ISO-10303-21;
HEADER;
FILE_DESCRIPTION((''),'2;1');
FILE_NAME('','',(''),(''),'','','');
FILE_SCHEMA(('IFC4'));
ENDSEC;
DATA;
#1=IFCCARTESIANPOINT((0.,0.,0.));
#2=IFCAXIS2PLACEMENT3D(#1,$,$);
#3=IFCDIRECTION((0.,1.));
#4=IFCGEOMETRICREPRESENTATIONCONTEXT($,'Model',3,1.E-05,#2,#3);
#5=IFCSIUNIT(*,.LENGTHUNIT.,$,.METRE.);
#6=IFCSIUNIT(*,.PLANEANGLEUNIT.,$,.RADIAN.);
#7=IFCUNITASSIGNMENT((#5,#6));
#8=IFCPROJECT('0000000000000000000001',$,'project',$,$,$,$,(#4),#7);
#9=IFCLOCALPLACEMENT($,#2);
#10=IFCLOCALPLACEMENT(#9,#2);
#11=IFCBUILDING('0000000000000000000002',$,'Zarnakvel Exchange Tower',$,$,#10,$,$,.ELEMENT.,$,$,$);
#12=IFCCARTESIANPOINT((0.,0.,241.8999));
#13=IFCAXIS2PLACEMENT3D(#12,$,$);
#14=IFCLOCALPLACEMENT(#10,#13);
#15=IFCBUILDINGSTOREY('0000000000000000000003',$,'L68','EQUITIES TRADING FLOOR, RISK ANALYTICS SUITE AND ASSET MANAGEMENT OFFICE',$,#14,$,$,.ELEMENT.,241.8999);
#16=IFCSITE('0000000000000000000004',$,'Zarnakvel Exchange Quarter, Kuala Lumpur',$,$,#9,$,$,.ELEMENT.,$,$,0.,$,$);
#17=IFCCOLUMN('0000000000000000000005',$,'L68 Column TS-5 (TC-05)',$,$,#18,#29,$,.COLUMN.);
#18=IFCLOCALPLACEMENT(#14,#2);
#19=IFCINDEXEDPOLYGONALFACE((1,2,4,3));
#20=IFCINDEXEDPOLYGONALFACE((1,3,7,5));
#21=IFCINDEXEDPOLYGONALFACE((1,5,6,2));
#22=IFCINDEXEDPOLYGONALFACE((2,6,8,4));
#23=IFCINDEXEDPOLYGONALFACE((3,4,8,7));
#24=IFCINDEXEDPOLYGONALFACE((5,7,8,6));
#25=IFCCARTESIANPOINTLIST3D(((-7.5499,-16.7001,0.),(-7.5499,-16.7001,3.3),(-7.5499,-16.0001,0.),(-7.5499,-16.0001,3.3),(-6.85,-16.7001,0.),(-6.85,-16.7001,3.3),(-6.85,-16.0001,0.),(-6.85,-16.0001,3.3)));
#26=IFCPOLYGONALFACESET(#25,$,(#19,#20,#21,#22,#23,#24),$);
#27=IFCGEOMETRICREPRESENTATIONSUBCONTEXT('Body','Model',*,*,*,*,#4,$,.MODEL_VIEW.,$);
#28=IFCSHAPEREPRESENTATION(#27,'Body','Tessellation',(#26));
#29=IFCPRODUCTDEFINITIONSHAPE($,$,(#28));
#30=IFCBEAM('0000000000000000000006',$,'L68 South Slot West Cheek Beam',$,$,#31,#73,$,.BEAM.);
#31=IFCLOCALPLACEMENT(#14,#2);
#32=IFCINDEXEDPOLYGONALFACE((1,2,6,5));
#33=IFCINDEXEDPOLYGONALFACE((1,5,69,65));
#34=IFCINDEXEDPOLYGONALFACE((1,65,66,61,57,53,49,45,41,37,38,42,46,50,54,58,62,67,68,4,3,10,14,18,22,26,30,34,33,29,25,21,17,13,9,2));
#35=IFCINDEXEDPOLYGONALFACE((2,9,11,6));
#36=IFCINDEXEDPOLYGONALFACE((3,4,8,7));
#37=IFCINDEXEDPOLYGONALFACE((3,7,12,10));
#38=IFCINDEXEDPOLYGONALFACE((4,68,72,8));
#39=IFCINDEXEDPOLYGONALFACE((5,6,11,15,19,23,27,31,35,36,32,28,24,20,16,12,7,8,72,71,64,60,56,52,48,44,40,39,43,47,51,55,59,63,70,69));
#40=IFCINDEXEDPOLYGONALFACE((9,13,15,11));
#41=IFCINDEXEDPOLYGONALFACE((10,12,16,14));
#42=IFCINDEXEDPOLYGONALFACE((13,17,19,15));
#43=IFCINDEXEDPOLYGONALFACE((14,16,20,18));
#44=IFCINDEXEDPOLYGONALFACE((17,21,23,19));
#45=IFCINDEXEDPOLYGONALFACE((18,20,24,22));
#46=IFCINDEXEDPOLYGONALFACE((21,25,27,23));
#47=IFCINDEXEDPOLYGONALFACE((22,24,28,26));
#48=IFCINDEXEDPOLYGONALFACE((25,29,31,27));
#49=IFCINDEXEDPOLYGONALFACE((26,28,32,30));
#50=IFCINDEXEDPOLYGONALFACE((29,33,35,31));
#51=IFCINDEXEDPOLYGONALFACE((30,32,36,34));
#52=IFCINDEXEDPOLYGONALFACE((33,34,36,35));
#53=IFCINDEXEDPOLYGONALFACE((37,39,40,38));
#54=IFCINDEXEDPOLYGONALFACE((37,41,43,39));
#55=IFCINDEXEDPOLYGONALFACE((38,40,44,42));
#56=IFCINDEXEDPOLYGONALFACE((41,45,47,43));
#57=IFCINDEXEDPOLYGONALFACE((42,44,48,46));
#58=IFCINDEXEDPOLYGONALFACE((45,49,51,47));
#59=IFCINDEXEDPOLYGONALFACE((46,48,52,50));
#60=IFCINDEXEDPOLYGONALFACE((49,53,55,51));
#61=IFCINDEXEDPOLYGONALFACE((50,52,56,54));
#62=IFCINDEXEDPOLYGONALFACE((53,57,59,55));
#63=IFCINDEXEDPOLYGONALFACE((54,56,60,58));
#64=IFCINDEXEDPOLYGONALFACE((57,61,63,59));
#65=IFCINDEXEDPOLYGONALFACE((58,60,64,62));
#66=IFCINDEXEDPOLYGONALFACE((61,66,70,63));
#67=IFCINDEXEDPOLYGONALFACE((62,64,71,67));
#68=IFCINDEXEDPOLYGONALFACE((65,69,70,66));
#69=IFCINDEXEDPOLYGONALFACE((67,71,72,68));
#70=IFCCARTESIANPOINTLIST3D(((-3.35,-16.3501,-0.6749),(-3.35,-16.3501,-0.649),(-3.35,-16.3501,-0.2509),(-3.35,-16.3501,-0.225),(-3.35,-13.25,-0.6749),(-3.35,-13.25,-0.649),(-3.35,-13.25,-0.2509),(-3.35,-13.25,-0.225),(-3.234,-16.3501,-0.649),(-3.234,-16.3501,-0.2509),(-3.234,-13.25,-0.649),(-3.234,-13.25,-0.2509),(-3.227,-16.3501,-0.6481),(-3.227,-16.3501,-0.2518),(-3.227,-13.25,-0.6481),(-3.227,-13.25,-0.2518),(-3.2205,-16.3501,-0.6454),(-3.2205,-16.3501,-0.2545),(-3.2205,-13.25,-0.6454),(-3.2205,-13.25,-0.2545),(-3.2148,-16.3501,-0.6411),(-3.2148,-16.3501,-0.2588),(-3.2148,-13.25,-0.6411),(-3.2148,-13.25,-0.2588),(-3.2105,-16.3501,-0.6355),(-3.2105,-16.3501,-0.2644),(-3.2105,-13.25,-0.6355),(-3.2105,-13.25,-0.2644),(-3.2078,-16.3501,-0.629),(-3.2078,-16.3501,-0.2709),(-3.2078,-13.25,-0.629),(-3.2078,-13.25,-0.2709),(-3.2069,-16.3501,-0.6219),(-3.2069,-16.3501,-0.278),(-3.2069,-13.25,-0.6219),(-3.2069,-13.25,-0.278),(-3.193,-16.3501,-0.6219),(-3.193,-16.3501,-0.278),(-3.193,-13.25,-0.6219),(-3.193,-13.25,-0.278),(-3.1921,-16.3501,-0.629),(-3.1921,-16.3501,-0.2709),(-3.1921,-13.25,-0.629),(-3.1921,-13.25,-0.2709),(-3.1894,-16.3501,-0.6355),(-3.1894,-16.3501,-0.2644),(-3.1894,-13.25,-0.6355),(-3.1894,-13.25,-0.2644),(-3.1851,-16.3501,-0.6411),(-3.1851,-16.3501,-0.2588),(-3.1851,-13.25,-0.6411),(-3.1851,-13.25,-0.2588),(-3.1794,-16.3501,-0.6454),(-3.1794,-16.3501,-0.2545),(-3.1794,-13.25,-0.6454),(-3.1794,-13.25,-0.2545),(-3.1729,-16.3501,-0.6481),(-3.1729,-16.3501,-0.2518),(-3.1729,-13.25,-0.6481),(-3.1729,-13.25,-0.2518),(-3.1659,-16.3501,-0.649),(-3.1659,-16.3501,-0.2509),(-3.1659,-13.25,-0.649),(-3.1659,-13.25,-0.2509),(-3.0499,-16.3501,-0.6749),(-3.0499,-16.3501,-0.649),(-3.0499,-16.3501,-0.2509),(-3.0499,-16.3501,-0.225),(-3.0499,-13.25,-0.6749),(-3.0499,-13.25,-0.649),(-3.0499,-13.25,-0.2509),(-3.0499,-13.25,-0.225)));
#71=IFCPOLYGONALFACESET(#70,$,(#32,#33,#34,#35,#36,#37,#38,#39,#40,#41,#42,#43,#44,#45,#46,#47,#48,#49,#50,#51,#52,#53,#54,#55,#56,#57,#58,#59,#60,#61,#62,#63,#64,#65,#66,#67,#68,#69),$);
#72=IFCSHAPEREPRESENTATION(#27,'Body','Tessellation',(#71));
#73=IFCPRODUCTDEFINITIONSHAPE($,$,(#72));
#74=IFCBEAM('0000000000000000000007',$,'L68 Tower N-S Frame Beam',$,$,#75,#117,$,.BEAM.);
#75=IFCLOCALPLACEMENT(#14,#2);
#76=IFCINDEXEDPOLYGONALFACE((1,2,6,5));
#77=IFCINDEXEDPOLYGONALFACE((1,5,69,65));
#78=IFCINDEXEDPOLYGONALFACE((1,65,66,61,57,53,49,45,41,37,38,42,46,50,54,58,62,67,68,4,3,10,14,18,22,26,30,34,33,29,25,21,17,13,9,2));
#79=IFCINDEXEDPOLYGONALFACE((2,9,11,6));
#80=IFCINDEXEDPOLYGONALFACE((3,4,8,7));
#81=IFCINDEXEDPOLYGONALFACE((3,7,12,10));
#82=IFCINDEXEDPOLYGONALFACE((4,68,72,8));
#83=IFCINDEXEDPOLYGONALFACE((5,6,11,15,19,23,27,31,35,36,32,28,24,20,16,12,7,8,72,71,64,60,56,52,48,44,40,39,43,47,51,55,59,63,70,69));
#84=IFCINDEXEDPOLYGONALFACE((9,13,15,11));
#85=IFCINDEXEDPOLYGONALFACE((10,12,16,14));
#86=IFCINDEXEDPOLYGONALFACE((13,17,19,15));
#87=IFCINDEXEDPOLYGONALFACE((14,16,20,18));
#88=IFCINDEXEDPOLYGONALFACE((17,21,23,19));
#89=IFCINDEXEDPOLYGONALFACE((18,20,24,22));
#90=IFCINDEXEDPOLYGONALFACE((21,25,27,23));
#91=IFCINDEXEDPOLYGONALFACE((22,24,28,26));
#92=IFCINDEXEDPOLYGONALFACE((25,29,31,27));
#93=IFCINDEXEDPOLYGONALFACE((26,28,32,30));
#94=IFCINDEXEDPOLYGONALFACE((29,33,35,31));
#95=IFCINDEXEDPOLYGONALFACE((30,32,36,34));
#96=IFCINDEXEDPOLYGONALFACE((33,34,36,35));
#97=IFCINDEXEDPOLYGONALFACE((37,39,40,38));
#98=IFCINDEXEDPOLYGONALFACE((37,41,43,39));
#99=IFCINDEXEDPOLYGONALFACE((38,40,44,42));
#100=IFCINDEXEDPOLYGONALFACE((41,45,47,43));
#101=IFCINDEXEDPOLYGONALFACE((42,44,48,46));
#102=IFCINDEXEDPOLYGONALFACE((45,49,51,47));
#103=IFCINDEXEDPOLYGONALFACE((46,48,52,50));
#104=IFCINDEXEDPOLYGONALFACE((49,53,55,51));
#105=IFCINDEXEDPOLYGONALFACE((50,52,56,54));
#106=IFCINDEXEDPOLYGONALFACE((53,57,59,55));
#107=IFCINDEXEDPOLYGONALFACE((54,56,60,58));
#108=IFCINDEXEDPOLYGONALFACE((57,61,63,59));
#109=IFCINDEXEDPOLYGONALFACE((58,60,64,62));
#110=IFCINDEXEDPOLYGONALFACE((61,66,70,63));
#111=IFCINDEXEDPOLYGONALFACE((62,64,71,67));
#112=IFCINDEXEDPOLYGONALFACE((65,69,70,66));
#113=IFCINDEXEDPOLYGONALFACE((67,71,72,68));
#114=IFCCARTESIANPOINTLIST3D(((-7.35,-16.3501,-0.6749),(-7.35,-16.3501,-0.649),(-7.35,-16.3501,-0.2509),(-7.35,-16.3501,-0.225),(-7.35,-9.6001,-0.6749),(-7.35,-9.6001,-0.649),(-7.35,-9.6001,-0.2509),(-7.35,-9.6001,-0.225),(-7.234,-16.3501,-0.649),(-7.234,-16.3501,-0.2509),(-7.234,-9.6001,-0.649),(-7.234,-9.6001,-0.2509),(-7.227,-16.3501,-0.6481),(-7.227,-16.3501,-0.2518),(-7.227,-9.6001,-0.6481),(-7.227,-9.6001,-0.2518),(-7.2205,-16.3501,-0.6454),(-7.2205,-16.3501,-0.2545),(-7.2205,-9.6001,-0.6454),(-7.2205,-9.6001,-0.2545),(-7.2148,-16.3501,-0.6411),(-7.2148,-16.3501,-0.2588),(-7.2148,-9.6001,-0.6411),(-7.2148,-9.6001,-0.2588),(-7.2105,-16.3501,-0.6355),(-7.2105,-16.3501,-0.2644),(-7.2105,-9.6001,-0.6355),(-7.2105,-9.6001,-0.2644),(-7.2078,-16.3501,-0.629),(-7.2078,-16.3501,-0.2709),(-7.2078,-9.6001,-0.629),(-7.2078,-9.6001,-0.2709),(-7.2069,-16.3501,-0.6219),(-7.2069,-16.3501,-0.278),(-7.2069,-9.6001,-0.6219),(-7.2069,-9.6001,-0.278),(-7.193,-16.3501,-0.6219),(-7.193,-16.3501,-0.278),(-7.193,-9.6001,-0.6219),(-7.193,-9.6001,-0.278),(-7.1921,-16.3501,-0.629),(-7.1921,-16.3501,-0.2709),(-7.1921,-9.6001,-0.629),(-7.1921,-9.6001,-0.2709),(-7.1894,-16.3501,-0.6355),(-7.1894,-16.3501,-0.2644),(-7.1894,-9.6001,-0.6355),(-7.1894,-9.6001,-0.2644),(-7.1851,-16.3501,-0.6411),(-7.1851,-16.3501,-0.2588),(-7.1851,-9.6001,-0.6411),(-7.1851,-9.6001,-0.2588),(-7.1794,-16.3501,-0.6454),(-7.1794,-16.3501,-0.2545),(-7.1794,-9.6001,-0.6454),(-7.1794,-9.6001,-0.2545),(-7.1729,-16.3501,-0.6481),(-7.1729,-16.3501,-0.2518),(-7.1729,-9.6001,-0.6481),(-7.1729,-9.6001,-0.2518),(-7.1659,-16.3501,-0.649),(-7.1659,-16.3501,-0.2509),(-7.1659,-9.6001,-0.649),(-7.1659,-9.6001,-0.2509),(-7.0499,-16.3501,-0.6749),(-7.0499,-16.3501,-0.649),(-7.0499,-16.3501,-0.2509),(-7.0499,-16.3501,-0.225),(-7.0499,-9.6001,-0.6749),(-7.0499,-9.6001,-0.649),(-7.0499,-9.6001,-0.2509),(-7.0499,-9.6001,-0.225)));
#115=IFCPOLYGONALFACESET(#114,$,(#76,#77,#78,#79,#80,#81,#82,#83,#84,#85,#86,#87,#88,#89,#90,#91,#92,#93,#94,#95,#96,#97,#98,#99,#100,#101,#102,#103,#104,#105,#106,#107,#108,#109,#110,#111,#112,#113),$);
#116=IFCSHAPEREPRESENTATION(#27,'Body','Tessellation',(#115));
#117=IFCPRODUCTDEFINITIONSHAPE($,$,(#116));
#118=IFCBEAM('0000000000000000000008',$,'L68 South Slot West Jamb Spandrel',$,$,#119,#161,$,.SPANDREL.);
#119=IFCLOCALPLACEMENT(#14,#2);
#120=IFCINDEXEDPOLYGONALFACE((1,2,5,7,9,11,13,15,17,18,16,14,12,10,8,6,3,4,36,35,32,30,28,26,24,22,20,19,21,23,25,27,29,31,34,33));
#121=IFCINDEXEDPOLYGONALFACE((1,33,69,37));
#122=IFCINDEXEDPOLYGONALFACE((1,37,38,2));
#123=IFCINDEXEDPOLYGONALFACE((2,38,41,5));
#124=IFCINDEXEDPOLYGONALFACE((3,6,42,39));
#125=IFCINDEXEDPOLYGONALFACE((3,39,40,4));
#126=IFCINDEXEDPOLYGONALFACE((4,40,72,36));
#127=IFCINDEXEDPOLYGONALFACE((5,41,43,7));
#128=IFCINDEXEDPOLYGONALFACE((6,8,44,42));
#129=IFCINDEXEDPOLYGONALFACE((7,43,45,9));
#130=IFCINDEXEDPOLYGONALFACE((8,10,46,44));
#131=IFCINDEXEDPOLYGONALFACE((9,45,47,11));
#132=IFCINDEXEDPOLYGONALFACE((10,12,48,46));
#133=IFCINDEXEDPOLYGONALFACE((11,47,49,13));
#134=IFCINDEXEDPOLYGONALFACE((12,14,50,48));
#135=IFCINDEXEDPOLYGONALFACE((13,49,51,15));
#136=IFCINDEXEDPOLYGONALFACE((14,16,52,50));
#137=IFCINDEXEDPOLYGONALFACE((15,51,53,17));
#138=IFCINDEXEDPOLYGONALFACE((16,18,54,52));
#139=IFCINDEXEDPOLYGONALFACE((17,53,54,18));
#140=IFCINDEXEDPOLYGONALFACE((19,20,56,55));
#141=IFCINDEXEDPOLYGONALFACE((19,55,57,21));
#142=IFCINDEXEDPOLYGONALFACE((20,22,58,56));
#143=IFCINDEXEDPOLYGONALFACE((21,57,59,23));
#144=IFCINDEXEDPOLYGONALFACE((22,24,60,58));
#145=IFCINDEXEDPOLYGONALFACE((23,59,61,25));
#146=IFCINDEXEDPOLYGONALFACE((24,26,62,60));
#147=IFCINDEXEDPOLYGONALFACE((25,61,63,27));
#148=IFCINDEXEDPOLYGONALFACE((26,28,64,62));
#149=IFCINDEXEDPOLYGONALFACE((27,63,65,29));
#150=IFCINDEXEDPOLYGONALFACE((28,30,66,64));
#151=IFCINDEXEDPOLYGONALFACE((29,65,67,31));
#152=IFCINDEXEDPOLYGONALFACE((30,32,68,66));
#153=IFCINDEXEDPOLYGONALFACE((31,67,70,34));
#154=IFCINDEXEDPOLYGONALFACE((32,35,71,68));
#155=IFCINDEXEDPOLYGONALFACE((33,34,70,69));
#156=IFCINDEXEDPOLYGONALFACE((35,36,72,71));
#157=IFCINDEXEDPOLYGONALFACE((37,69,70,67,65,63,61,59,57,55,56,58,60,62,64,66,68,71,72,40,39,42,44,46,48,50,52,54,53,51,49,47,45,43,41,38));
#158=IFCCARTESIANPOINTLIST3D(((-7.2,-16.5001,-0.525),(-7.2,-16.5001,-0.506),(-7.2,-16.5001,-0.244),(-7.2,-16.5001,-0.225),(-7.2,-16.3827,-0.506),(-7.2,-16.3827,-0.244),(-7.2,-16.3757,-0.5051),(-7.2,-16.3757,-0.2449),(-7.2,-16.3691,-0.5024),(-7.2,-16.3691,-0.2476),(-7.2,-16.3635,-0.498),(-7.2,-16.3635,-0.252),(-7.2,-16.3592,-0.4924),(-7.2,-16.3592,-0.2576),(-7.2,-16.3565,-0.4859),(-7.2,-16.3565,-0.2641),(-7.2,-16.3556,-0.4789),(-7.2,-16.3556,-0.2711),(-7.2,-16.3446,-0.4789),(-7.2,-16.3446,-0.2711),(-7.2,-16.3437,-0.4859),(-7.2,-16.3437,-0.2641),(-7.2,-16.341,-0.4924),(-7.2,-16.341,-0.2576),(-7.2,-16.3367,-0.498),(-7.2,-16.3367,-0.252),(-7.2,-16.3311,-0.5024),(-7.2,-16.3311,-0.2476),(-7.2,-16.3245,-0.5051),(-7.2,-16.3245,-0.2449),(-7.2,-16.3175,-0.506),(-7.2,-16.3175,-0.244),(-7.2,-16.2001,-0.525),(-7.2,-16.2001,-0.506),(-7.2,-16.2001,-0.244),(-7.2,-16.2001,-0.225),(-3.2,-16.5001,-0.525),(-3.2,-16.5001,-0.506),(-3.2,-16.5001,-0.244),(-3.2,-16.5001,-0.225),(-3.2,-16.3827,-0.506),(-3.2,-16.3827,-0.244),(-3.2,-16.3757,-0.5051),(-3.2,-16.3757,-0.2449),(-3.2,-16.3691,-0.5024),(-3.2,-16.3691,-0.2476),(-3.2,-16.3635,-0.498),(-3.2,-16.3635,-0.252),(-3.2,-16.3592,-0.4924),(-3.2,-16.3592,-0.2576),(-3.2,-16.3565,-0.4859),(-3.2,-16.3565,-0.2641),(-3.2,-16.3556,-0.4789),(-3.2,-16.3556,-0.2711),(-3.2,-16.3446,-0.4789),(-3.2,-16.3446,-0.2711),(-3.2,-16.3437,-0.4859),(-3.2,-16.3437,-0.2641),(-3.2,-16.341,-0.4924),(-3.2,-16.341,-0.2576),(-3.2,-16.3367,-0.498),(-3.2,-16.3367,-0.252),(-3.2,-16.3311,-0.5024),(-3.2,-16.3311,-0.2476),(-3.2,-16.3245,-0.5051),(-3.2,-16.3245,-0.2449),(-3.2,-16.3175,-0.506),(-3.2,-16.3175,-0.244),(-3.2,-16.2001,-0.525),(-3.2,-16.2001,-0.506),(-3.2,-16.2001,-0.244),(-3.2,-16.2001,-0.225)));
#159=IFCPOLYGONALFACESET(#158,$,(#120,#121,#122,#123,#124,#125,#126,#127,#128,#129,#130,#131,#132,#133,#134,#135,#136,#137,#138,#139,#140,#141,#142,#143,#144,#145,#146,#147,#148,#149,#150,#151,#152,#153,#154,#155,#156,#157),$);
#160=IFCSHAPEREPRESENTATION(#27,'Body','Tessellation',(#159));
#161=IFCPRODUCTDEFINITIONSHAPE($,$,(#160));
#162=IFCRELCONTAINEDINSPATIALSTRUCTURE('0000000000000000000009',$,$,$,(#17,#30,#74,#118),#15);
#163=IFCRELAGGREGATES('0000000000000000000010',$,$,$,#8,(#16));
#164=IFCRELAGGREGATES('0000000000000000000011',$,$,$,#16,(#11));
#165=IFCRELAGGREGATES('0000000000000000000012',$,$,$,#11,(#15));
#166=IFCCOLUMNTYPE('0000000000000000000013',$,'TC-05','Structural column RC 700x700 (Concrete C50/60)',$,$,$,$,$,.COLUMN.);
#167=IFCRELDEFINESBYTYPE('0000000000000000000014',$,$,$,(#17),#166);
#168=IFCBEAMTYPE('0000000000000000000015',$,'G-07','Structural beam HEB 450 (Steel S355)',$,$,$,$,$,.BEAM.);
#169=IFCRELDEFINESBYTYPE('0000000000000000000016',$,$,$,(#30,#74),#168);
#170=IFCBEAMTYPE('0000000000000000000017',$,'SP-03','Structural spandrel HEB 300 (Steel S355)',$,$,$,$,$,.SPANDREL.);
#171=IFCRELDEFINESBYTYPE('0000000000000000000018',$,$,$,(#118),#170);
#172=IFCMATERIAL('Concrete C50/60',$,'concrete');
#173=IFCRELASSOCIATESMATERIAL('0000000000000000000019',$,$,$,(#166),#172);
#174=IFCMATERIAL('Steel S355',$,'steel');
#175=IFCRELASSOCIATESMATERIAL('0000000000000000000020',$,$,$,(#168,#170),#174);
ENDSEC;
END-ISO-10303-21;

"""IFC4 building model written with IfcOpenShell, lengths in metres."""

from ifc_helpers import new_model, si_unit, direction, frame, origin, origin_2d, place, context, subcontext, project, spatial, rectangle, i_section, extrude, material, material_profile, profile_set, type_object, element, save


model = new_model("IFC4")

# Units and contexts
model_context = context("Model", 3, precision=1e-05, world=origin(), true_north=direction((0.0, 1.0)))
body_context = subcontext(model_context, "Body", "Model", "MODEL_VIEW")
ifc_project = project(units=[si_unit("LENGTHUNIT", "METRE"), si_unit("PLANEANGLEUNIT", "RADIAN")], contexts=[model_context])

# Site, building, storey
site_placement = place(None, origin())
site = spatial("IfcSite", under=ifc_project, at=site_placement, Name="Zarnakvel Exchange Quarter, Kuala Lumpur", CompositionType="ELEMENT", RefElevation=0.0)
building_placement = place(site_placement, origin())
building = spatial("IfcBuilding", under=site, at=building_placement, Name="Zarnakvel Exchange Tower", CompositionType="ELEMENT")
storey_placement = place(building_placement, frame((0.0, 0.0, 241.8999)))
storey = spatial("IfcBuildingStorey", under=building, at=storey_placement, Name="L68", Description="EQUITIES TRADING FLOOR, RISK ANALYTICS SUITE AND ASSET MANAGEMENT OFFICE", CompositionType="ELEMENT", Elevation=241.8999)

# Column
ifc_material_1 = material(Name="Concrete C50/60", Category="concrete")
ifc_material_profile_1 = material_profile(ifc_material_1, rectangle(XDim=0.7, YDim=0.7, at=origin_2d()))
ifc_profile_set_1 = profile_set([ifc_material_profile_1], Name="Concrete C50/60")
column_type = type_object("IfcColumnType", Name="TC-05", Description="Structural column RC 700x700 (Concrete C50/60)", PredefinedType="COLUMN", material=ifc_profile_set_1)
column_placement = place(storey_placement, frame((-7.2, -16.3501, 0.0), z_axis=(0.0, 0.0, 1.0), x_axis=(1.0, 0.0, 0.0)))
element("IfcColumn", 1, at=column_placement, inside=storey, type_object=column_type, Name="L68 Column TS-5 (TC-05)", PredefinedType="COLUMN", context=body_context, shape_type="SweptSolid", body=[
    extrude(rectangle(XDim=0.7, YDim=0.7, at=origin_2d()), origin(), (0.0, 0.0, 1.0), 3.3),
])

# Beams
ifc_material_2 = material(Name="Steel S355", Category="steel")
ifc_material_profile_2 = material_profile(ifc_material_2, i_section(OverallWidth=0.3, OverallDepth=0.45, WebThickness=0.0139, FlangeThickness=0.0259, FilletRadius=0.0271, at=origin_2d()))
ifc_profile_set_2 = profile_set([ifc_material_profile_2], Name="Steel S355")
beam_type_1 = type_object("IfcBeamType", Name="G-07", Description="Structural beam HEB 450 (Steel S355)", PredefinedType="BEAM", material=ifc_profile_set_2)
beam_1_placement = place(storey_placement, frame((-3.2, -16.3501, -0.45), z_axis=(0.0, 1.0, 0.0), x_axis=(-1.0, 0.0, 0.0)))
element("IfcBeam", 2, at=beam_1_placement, inside=storey, type_object=beam_type_1, Name="L68 South Slot West Cheek Beam", PredefinedType="BEAM", context=body_context, shape_type="SweptSolid", body=[
    extrude(i_section(OverallWidth=0.3, OverallDepth=0.45, WebThickness=0.0139, FlangeThickness=0.0259, FilletRadius=0.0271, at=origin_2d()), origin(), (0.0, 0.0, 1.0), 3.1001),
])
beam_2_placement = place(storey_placement, frame((-7.2, -16.3501, -0.45), z_axis=(0.0, 1.0, 0.0), x_axis=(-1.0, 0.0, 0.0)))
element("IfcBeam", 3, at=beam_2_placement, inside=storey, type_object=beam_type_1, Name="L68 Tower N-S Frame Beam", PredefinedType="BEAM", context=body_context, shape_type="SweptSolid", body=[
    extrude(i_section(OverallWidth=0.3, OverallDepth=0.45, WebThickness=0.0139, FlangeThickness=0.0259, FilletRadius=0.0271, at=origin_2d()), origin(), (0.0, 0.0, 1.0), 6.75),
])
ifc_material_profile_3 = material_profile(ifc_material_2, i_section(OverallWidth=0.3, OverallDepth=0.3, WebThickness=0.011, FlangeThickness=0.019, FilletRadius=0.0271, at=origin_2d()))
ifc_profile_set_3 = profile_set([ifc_material_profile_3], Name="Steel S355")
beam_type_2 = type_object("IfcBeamType", Name="SP-03", Description="Structural spandrel HEB 300 (Steel S355)", PredefinedType="SPANDREL", material=ifc_profile_set_3)
beam_3_placement = place(storey_placement, frame((-7.2, -16.3501, -0.375), z_axis=(1.0, 0.0, 0.0), x_axis=(0.0, 1.0, 0.0)))
element("IfcBeam", 4, at=beam_3_placement, inside=storey, type_object=beam_type_2, Name="L68 South Slot West Jamb Spandrel", PredefinedType="SPANDREL", context=body_context, shape_type="SweptSolid", body=[
    extrude(i_section(OverallWidth=0.3, OverallDepth=0.3, WebThickness=0.011, FlangeThickness=0.019, FilletRadius=0.0271, at=origin_2d()), origin(), (0.0, 0.0, 1.0), 4.0),
])

save(model, "model.ifc")
